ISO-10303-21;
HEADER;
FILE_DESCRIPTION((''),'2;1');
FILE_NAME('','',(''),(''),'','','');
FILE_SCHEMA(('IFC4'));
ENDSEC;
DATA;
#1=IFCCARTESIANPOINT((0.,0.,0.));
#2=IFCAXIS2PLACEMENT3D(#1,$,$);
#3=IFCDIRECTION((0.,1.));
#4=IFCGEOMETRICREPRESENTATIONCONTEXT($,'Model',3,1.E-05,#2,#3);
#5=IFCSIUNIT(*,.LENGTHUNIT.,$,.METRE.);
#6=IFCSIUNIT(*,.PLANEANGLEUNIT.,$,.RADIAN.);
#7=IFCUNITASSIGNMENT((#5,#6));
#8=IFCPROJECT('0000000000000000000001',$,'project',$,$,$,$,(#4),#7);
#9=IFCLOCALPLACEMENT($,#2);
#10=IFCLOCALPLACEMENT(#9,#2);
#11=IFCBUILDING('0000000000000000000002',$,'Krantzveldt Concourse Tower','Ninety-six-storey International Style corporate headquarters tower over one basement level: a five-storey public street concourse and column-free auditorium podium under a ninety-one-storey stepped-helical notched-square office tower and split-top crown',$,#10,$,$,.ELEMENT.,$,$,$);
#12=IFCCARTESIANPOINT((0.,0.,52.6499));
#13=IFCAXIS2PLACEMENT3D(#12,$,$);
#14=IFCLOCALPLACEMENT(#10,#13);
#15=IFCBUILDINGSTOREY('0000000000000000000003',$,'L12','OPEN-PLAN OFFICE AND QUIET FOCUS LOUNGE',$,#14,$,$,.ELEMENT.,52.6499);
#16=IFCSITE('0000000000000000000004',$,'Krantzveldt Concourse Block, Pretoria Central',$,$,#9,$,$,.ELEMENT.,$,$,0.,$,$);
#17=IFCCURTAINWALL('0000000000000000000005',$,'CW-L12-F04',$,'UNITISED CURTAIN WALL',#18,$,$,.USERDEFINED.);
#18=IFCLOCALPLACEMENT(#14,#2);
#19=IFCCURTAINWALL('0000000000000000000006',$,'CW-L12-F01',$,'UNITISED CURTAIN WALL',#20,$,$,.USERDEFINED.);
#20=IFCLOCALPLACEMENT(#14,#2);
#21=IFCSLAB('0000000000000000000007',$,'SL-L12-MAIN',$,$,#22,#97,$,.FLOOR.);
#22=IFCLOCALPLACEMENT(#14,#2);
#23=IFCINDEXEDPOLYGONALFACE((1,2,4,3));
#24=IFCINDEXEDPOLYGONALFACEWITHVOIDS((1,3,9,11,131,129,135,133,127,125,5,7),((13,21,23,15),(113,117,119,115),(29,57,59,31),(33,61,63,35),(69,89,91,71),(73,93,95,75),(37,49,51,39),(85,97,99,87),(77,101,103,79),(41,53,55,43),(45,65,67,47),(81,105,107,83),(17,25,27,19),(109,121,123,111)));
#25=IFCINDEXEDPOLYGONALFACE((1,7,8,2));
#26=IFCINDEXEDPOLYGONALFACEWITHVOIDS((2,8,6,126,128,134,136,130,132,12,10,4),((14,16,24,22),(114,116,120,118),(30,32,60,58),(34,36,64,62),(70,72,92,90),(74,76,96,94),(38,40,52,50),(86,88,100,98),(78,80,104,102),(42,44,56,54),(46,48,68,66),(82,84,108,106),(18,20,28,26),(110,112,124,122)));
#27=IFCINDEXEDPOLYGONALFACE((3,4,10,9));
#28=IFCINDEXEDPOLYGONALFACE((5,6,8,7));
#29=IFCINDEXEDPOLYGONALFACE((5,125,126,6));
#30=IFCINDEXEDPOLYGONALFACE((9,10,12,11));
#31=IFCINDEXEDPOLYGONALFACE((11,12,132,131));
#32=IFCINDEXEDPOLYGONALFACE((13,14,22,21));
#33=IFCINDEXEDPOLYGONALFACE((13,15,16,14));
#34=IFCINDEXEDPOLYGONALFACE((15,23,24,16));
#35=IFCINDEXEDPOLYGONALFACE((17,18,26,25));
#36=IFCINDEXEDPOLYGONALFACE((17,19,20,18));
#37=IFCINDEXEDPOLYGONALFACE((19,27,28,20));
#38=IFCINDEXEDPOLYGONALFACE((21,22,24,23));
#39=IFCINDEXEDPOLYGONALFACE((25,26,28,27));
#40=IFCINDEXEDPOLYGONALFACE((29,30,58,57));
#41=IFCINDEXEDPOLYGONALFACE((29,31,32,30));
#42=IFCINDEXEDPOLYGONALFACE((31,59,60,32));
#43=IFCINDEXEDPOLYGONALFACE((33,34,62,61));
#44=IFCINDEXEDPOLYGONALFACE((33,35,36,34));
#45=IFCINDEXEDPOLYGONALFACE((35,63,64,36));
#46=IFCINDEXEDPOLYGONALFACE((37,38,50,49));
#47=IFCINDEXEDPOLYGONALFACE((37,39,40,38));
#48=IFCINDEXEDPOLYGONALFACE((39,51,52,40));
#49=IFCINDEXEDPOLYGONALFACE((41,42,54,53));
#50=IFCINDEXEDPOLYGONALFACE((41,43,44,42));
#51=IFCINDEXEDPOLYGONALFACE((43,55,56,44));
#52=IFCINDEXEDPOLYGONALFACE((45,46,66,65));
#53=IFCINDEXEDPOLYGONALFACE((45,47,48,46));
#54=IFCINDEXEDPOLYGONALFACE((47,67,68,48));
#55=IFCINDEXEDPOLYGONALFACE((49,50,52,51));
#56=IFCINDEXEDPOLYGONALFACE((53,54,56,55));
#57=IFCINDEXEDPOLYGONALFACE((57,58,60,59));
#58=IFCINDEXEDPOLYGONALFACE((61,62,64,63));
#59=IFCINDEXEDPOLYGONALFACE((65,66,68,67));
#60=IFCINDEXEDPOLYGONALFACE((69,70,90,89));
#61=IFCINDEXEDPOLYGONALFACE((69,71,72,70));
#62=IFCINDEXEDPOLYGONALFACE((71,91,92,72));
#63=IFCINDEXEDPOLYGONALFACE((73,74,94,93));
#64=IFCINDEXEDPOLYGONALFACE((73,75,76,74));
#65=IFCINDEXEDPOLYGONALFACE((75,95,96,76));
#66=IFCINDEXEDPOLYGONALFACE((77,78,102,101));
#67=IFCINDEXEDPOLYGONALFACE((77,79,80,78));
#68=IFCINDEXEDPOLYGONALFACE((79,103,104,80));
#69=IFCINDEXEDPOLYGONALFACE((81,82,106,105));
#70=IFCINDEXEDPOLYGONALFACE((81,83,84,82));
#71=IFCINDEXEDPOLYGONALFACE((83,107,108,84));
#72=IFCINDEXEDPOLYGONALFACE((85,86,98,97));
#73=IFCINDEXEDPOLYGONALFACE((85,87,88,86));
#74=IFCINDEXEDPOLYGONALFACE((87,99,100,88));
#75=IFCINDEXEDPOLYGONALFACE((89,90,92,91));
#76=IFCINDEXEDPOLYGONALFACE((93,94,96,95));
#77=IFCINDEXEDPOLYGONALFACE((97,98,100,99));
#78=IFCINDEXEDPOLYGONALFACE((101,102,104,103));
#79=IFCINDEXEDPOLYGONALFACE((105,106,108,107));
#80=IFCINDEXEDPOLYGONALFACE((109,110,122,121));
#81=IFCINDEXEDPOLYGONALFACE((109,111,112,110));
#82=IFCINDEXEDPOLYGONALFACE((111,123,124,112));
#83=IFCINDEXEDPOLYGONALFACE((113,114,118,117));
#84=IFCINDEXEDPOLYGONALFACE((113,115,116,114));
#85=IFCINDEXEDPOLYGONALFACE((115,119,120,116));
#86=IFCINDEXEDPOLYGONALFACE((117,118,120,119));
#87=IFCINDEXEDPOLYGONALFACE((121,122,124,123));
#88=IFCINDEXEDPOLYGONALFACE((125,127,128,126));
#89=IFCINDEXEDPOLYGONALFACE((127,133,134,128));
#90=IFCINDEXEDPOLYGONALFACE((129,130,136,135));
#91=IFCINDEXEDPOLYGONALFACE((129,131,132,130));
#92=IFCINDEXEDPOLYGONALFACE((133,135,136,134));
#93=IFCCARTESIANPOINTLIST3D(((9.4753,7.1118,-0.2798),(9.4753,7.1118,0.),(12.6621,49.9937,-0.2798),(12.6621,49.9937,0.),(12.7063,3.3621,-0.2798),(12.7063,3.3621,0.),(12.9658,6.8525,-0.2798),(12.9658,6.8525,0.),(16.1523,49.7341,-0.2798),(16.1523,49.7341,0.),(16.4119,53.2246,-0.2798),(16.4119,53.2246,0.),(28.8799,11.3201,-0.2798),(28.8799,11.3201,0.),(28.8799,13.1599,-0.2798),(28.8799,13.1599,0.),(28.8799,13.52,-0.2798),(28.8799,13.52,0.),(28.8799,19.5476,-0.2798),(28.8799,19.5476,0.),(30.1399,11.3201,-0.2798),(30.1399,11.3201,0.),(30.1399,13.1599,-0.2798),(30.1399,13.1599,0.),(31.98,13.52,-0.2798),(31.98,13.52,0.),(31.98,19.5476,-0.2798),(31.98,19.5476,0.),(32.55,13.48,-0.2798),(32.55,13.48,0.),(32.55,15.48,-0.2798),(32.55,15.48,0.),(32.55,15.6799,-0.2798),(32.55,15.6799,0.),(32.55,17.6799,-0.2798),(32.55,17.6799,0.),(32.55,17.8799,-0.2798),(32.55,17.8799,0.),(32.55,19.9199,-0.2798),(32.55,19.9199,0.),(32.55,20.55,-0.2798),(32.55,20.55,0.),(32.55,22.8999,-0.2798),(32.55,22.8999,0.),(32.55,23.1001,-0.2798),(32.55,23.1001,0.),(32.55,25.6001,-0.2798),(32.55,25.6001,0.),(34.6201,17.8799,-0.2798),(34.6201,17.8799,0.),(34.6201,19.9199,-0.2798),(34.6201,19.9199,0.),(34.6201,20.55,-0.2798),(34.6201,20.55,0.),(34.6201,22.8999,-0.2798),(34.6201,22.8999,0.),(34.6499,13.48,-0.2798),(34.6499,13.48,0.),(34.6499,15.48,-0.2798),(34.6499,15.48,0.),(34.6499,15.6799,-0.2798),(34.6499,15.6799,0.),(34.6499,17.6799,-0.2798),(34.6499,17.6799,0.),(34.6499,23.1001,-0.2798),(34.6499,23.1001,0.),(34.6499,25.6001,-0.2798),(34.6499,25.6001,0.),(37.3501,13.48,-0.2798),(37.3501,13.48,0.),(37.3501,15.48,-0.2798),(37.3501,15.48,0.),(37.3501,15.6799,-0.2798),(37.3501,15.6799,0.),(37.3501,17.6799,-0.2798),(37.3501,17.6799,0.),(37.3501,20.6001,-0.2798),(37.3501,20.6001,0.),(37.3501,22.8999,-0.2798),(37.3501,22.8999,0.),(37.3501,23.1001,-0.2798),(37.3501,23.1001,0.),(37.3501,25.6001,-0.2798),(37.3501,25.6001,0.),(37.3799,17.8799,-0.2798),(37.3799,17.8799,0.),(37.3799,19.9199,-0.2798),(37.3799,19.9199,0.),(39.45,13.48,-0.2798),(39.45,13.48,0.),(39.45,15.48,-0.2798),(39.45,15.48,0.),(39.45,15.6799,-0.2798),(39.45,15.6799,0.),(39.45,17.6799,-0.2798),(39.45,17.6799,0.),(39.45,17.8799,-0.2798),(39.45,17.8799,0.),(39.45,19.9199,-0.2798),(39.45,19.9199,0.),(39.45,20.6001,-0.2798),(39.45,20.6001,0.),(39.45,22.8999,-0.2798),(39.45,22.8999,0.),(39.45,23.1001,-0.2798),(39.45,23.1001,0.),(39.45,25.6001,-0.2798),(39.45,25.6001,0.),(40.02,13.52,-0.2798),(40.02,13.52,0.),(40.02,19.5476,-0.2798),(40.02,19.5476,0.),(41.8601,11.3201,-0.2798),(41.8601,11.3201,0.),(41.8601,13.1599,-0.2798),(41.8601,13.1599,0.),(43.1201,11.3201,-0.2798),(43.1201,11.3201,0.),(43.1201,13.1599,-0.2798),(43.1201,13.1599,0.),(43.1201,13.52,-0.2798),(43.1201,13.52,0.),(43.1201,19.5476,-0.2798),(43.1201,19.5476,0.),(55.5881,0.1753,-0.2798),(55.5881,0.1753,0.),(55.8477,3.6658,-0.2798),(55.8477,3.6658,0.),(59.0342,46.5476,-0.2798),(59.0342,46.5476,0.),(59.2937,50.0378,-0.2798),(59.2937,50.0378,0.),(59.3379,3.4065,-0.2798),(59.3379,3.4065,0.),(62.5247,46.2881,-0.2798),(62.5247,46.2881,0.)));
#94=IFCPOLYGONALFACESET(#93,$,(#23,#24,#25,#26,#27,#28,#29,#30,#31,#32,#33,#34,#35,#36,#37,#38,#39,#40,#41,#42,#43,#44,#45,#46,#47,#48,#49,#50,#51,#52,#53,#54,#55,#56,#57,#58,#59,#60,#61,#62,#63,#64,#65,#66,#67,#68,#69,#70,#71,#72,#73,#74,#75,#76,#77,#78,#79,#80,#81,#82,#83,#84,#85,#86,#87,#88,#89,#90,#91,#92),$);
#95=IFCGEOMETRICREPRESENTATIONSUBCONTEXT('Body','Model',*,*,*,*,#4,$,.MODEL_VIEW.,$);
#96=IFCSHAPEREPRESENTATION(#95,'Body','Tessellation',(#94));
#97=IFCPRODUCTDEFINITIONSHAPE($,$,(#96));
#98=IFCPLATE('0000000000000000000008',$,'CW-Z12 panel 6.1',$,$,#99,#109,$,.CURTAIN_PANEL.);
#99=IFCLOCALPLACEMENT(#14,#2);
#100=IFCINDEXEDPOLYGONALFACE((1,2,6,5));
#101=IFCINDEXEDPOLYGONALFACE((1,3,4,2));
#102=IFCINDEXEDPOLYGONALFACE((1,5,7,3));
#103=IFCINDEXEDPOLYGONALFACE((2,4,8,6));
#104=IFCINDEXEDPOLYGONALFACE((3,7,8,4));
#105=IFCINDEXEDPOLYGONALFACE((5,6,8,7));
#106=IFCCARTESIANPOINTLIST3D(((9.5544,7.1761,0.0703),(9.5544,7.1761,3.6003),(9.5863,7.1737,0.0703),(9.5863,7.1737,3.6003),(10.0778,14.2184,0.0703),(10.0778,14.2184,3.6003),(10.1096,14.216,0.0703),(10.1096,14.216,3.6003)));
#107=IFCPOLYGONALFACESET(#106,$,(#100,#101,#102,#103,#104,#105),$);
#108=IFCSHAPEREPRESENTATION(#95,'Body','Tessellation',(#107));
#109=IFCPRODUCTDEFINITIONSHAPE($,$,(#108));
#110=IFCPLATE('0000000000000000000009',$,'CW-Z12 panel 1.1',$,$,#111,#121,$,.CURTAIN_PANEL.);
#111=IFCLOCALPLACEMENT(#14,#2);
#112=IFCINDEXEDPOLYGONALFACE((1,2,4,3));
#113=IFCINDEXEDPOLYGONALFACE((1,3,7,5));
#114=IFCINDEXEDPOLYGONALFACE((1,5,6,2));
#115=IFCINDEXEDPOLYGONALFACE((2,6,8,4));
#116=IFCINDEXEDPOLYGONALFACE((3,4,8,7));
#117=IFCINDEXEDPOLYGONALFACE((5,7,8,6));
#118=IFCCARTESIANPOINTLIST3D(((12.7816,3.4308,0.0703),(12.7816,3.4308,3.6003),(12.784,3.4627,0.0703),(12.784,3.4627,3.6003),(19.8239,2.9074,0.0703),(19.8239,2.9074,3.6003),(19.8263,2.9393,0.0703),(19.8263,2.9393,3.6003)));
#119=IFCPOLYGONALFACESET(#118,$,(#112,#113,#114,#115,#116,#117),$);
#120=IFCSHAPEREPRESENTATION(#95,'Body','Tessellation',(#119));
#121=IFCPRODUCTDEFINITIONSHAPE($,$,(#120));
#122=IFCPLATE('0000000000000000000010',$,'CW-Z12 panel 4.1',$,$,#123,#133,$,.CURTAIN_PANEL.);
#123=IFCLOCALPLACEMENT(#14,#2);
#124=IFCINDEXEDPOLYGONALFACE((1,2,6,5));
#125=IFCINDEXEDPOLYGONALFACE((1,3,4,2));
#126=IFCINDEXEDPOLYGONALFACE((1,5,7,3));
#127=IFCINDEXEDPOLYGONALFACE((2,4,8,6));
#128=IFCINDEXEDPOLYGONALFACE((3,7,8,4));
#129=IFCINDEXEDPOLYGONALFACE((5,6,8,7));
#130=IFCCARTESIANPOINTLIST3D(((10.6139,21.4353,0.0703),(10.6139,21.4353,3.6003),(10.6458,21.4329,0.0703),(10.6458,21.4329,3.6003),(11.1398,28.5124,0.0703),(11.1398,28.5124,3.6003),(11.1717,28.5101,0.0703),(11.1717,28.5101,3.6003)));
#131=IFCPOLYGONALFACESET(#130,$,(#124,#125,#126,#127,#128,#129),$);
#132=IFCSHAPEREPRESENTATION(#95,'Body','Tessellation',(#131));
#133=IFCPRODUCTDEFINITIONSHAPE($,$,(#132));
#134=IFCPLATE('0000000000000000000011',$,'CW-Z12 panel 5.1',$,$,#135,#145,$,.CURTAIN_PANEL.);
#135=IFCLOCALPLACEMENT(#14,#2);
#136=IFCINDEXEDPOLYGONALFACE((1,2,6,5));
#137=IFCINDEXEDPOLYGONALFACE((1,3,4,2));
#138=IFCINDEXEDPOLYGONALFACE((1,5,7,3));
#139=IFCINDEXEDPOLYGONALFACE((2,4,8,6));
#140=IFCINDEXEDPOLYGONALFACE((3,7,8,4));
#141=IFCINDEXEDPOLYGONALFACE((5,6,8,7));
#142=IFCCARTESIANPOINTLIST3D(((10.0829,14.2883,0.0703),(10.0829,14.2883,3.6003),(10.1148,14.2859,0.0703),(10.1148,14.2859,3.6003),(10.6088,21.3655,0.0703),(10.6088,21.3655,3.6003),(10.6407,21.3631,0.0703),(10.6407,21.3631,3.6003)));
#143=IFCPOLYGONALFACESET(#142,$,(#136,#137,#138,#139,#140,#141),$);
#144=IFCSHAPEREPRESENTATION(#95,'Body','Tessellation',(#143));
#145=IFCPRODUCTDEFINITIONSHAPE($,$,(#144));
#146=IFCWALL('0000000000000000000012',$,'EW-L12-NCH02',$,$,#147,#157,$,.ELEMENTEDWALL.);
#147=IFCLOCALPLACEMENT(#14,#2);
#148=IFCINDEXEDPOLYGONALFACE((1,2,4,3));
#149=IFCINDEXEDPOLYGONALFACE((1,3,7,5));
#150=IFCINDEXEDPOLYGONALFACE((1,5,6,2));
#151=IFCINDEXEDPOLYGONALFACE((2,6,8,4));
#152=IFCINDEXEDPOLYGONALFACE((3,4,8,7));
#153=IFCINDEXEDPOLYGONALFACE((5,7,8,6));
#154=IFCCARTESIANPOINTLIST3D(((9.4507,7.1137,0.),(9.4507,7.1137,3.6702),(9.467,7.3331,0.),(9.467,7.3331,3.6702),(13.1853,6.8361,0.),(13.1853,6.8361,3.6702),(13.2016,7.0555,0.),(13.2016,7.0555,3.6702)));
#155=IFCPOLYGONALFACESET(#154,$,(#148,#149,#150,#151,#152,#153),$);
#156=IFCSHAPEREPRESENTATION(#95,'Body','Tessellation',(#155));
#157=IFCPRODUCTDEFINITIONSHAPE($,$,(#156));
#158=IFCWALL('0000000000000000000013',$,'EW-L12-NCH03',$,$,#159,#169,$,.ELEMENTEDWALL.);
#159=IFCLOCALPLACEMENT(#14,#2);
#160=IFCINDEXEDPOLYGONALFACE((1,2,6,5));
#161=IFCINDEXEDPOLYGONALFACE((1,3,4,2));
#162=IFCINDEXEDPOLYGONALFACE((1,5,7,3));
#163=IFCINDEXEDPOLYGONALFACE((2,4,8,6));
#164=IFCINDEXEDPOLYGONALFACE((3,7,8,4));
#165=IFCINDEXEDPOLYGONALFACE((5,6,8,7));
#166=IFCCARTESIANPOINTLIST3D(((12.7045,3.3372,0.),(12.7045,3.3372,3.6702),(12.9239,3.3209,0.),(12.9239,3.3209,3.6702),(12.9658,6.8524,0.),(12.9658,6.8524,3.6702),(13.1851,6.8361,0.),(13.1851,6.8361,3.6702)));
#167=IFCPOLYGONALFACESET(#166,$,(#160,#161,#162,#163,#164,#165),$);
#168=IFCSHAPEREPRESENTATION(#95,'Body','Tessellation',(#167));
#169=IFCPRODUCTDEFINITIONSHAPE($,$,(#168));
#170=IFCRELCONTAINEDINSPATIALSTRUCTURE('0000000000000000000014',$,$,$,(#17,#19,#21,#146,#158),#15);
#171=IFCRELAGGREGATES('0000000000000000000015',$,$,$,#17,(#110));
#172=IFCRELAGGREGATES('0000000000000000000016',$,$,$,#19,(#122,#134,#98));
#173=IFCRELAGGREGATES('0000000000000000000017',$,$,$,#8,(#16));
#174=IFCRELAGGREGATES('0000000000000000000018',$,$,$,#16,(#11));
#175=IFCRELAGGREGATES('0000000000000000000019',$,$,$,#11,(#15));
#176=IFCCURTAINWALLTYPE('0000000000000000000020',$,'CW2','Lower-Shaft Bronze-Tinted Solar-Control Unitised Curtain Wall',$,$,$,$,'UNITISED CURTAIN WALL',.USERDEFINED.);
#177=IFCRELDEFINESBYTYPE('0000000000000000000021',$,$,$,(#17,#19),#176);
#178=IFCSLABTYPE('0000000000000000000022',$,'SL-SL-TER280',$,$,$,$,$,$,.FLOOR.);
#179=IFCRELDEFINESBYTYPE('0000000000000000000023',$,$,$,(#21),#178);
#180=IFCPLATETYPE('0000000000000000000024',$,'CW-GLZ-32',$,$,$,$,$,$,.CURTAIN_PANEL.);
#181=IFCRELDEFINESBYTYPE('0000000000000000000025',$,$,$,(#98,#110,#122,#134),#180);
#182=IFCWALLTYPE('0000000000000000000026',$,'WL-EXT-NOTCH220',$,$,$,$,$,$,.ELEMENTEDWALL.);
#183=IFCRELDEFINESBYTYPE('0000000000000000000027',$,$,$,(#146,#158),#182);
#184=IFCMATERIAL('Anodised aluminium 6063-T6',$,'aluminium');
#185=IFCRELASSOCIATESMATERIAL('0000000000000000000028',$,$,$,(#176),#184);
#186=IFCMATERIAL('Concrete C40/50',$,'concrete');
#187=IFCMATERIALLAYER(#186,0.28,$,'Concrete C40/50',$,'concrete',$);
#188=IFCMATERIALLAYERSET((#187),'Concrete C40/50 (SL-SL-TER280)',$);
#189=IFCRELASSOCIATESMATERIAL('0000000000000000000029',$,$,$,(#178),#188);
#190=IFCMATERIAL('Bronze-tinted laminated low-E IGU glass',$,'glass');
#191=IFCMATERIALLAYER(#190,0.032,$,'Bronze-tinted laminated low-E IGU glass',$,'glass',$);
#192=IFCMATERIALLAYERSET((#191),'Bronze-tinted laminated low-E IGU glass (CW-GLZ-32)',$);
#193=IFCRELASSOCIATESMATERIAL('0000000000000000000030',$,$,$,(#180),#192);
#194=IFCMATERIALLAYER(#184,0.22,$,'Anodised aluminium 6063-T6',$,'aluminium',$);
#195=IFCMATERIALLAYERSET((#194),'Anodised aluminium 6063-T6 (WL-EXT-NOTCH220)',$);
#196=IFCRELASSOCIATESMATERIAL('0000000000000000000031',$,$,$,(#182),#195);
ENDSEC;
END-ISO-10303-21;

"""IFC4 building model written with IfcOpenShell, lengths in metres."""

from ifc_helpers import new_model, si_unit, direction, frame, frame_2d, origin, origin_2d, place, context, subcontext, project, spatial, polyline, rectangle, outline, extrude, source, transform, mapped, material, layer, layer_set, type_object, type_shapes, element, aggregate, save


model = new_model("IFC4")

# Units and contexts
model_context = context("Model", 3, precision=1e-05, world=origin(), true_north=direction((0.0, 1.0)))
body_context = subcontext(model_context, "Body", "Model", "MODEL_VIEW")
ifc_project = project(units=[si_unit("LENGTHUNIT", "METRE"), si_unit("PLANEANGLEUNIT", "RADIAN")], contexts=[model_context])

# Site, building, storey
site_placement = place(None, origin())
site = spatial("IfcSite", under=ifc_project, at=site_placement, Name="Krantzveldt Concourse Block, Pretoria Central", CompositionType="ELEMENT", RefElevation=0.0)
building_placement = place(site_placement, origin())
building = spatial("IfcBuilding", under=site, at=building_placement, Name="Krantzveldt Concourse Tower", Description="Ninety-six-storey International Style corporate headquarters tower over one basement level: a five-storey public street concourse and column-free auditorium podium under a ninety-one-storey stepped-helical notched-square office tower and split-top crown", CompositionType="ELEMENT")
storey_placement = place(building_placement, frame((0.0, 0.0, 52.6499)))
storey = spatial("IfcBuildingStorey", under=building, at=storey_placement, Name="L12", Description="OPEN-PLAN OFFICE AND QUIET FOCUS LOUNGE", CompositionType="ELEMENT", Elevation=52.6499)

# Curtain walls
ifc_material_1 = material(Name="Anodised aluminium 6063-T6", Category="aluminium")
curtain_wall_type = type_object("IfcCurtainWallType", Name="CW2", Description="Lower-Shaft Bronze-Tinted Solar-Control Unitised Curtain Wall", ElementType="UNITISED CURTAIN WALL", PredefinedType="USERDEFINED", material=ifc_material_1)
curtain_wall_1_placement = place(storey_placement, origin())
curtain_wall_1 = element("IfcCurtainWall", 1, at=curtain_wall_1_placement, inside=storey, type_object=curtain_wall_type, Name="CW-L12-F04", ObjectType="UNITISED CURTAIN WALL", PredefinedType="USERDEFINED")
curtain_wall_2_placement = place(storey_placement, origin())
curtain_wall_2 = element("IfcCurtainWall", 2, at=curtain_wall_2_placement, inside=storey, type_object=curtain_wall_type, Name="CW-L12-F01", ObjectType="UNITISED CURTAIN WALL", PredefinedType="USERDEFINED")

# Slab
ifc_material_2 = material(Name="Concrete C40/50", Category="concrete")
ifc_layer_1 = layer(ifc_material_2, 0.28, Name="Concrete C40/50", Category="concrete")
ifc_layer_set_1 = layer_set([ifc_layer_1], Name="Concrete C40/50 (SL-SL-TER280)")
slab_type_1 = type_object("IfcSlabType", Name="SL-SL-TER280", PredefinedType="FLOOR", material=ifc_layer_set_1)
slab_1_placement = place(storey_placement, frame((0.0, 0.0, -0.2798)))
element("IfcSlab", 3, at=slab_1_placement, inside=storey, type_object=slab_type_1, Name="SL-L12-MAIN", PredefinedType="FLOOR", context=body_context, shape_type="SweptSolid", body=[
    extrude(outline(polyline([(16.1523, 49.7341), (12.6621, 49.9937), (9.4753, 7.1118), (12.9658, 6.8525), (12.7063, 3.3621), (55.5881, 0.1753), (55.8477, 3.6658), (59.3379, 3.4065), (62.5247, 46.2881), (59.0342, 46.5476), (59.2937, 50.0378), (16.4119, 53.2246), (16.1523, 49.7341)]), holes=[polyline([(28.8799, 19.5476), (28.8799, 13.52), (31.98, 13.52), (31.98, 19.5476), (28.8799, 19.5476)]), polyline([(40.02, 19.5476), (40.02, 13.52), (43.1201, 13.52), (43.1201, 19.5476), (40.02, 19.5476)]), polyline([(32.55, 23.1001), (34.6499, 23.1001), (34.6499, 25.6001), (32.55, 25.6001), (32.55, 23.1001)]), polyline([(37.3501, 23.1001), (39.45, 23.1001), (39.45, 25.6001), (37.3501, 25.6001), (37.3501, 23.1001)]), polyline([(37.3501, 20.6001), (39.45, 20.6001), (39.45, 22.8999), (37.3501, 22.8999), (37.3501, 20.6001)]), polyline([(32.55, 13.48), (34.6499, 13.48), (34.6499, 15.48), (32.55, 15.48), (32.55, 13.48)]), polyline([(32.55, 15.6799), (34.6499, 15.6799), (34.6499, 17.6799), (32.55, 17.6799), (32.55, 15.6799)]), polyline([(37.3501, 13.48), (39.45, 13.48), (39.45, 15.48), (37.3501, 15.48), (37.3501, 13.48)]), polyline([(37.3501, 15.6799), (39.45, 15.6799), (39.45, 17.6799), (37.3501, 17.6799), (37.3501, 15.6799)]), polyline([(32.55, 20.55), (34.6201, 20.55), (34.6201, 22.8999), (32.55, 22.8999), (32.55, 20.55)]), polyline([(32.55, 17.8799), (34.6201, 17.8799), (34.6201, 19.9199), (32.55, 19.9199), (32.55, 17.8799)]), polyline([(37.3799, 17.8799), (39.45, 17.8799), (39.45, 19.9199), (37.3799, 19.9199), (37.3799, 17.8799)]), polyline([(28.8799, 11.3201), (30.1399, 11.3201), (30.1399, 13.1599), (28.8799, 13.1599), (28.8799, 11.3201)]), polyline([(41.8601, 11.3201), (43.1201, 11.3201), (43.1201, 13.1599), (41.8601, 13.1599), (41.8601, 11.3201)])]), origin(), (0.0, 0.0, 1.0), 0.2798),
])

# Plates
ifc_material_3 = material(Name="Bronze-tinted laminated low-E IGU glass", Category="glass")
ifc_layer_2 = layer(ifc_material_3, 0.032, Name="Bronze-tinted laminated low-E IGU glass", Category="glass")
ifc_layer_set_2 = layer_set([ifc_layer_2], Name="Bronze-tinted laminated low-E IGU glass (CW-GLZ-32)")
plate_type = type_object("IfcPlateType", Name="CW-GLZ-32", PredefinedType="CURTAIN_PANEL", material=ifc_layer_set_2)
shared_shape_1 = source(origin(), body_context, "Body", "SweptSolid", [
    extrude(rectangle(XDim=7.0618, YDim=0.032, at=origin_2d()), origin(), (0.0, 0.0, 1.0), 3.53),
])
plate_1_placement = place(storey_placement, frame((9.832, 10.696, 0.0703), z_axis=(0.0, 0.0, 1.0), x_axis=(-0.074109, -0.99725, 0.0)))
plate_1 = element("IfcPlate", 4, at=plate_1_placement, type_object=plate_type, Name="CW-Z12 panel 6.1", PredefinedType="CURTAIN_PANEL", context=body_context, shape_type="MappedRepresentation", body=[
    mapped(shared_shape_1, transform((0.0, 0.0, 0.0), x_axis=(1.0, 0.0, 0.0), y_axis=(0.0, 1.0, 0.0), z_axis=(0.0, 0.0, 1.0), scale=1.0)),
])
plate_2_placement = place(storey_placement, frame((16.304, 3.1851, 0.0703), z_axis=(0.0, 0.0, 1.0), x_axis=(0.99725, -0.074109, 0.0)))
plate_2 = element("IfcPlate", 5, at=plate_2_placement, type_object=plate_type, Name="CW-Z12 panel 1.1", PredefinedType="CURTAIN_PANEL", context=body_context, shape_type="MappedRepresentation", body=[
    mapped(shared_shape_1, transform((0.0, 0.0, 0.0), x_axis=(1.0, 0.0, 0.0), y_axis=(0.0, 1.0, 0.0), z_axis=(0.0, 0.0, 1.0), scale=1.0)),
])
aggregate(curtain_wall_1, [plate_2])
shared_shape_2 = source(origin(), body_context, "Body", "SweptSolid", [
    extrude(rectangle(XDim=7.0967, YDim=0.032, at=origin_2d()), origin(), (0.0, 0.0, 1.0), 3.53),
])
type_shapes(plate_type, [shared_shape_1, shared_shape_2])
plate_3_placement = place(storey_placement, frame((10.8928, 24.9727, 0.0703), z_axis=(0.0, 0.0, 1.0), x_axis=(-0.074109, -0.99725, 0.0)))
plate_3 = element("IfcPlate", 6, at=plate_3_placement, type_object=plate_type, Name="CW-Z12 panel 4.1", PredefinedType="CURTAIN_PANEL", context=body_context, shape_type="MappedRepresentation", body=[
    mapped(shared_shape_2, transform((0.0, 0.0, 0.0), x_axis=(1.0, 0.0, 0.0), y_axis=(0.0, 1.0, 0.0), z_axis=(0.0, 0.0, 1.0), scale=1.0)),
])
plate_4_placement = place(storey_placement, frame((10.3618, 17.8257, 0.0703), z_axis=(0.0, 0.0, 1.0), x_axis=(-0.074109, -0.99725, 0.0)))
plate_4 = element("IfcPlate", 7, at=plate_4_placement, type_object=plate_type, Name="CW-Z12 panel 5.1", PredefinedType="CURTAIN_PANEL", context=body_context, shape_type="MappedRepresentation", body=[
    mapped(shared_shape_2, transform((0.0, 0.0, 0.0), x_axis=(1.0, 0.0, 0.0), y_axis=(0.0, 1.0, 0.0), z_axis=(0.0, 0.0, 1.0), scale=1.0)),
])
aggregate(curtain_wall_2, [plate_3, plate_4, plate_1])

# Walls
ifc_layer_3 = layer(ifc_material_1, 0.22, Name="Anodised aluminium 6063-T6", Category="aluminium")
ifc_layer_set_3 = layer_set([ifc_layer_3], Name="Anodised aluminium 6063-T6 (WL-EXT-NOTCH220)")
wall_type_1 = type_object("IfcWallType", Name="WL-EXT-NOTCH220", PredefinedType="ELEMENTEDWALL", material=ifc_layer_set_3)
wall_1_placement = place(storey_placement, frame((9.4587, 7.2234, 0.0), z_axis=(0.0, 0.0, 1.0), x_axis=(0.997249, -0.074124, 0.0)))
element("IfcWall", 8, at=wall_1_placement, inside=storey, type_object=wall_type_1, Name="EW-L12-NCH02", PredefinedType="ELEMENTEDWALL", context=body_context, shape_type="SweptSolid", body=[
    extrude(rectangle(XDim=3.7449, YDim=0.22, at=frame_2d((1.8726, 0.0))), origin(), (0.0, 0.0, 1.0), 3.6702),
])
wall_2_placement = place(storey_placement, frame((13.0754, 6.8442, 0.0), z_axis=(0.0, 0.0, 1.0), x_axis=(-0.074112, -0.99725, 0.0)))
element("IfcWall", 9, at=wall_2_placement, inside=storey, type_object=wall_type_1, Name="EW-L12-NCH03", PredefinedType="ELEMENTEDWALL", context=body_context, shape_type="SweptSolid", body=[
    extrude(rectangle(XDim=3.5249, YDim=0.22, at=frame_2d((1.7625, 0.0))), origin(), (0.0, 0.0, 1.0), 3.6702),
])

save(model, "model.ifc")
